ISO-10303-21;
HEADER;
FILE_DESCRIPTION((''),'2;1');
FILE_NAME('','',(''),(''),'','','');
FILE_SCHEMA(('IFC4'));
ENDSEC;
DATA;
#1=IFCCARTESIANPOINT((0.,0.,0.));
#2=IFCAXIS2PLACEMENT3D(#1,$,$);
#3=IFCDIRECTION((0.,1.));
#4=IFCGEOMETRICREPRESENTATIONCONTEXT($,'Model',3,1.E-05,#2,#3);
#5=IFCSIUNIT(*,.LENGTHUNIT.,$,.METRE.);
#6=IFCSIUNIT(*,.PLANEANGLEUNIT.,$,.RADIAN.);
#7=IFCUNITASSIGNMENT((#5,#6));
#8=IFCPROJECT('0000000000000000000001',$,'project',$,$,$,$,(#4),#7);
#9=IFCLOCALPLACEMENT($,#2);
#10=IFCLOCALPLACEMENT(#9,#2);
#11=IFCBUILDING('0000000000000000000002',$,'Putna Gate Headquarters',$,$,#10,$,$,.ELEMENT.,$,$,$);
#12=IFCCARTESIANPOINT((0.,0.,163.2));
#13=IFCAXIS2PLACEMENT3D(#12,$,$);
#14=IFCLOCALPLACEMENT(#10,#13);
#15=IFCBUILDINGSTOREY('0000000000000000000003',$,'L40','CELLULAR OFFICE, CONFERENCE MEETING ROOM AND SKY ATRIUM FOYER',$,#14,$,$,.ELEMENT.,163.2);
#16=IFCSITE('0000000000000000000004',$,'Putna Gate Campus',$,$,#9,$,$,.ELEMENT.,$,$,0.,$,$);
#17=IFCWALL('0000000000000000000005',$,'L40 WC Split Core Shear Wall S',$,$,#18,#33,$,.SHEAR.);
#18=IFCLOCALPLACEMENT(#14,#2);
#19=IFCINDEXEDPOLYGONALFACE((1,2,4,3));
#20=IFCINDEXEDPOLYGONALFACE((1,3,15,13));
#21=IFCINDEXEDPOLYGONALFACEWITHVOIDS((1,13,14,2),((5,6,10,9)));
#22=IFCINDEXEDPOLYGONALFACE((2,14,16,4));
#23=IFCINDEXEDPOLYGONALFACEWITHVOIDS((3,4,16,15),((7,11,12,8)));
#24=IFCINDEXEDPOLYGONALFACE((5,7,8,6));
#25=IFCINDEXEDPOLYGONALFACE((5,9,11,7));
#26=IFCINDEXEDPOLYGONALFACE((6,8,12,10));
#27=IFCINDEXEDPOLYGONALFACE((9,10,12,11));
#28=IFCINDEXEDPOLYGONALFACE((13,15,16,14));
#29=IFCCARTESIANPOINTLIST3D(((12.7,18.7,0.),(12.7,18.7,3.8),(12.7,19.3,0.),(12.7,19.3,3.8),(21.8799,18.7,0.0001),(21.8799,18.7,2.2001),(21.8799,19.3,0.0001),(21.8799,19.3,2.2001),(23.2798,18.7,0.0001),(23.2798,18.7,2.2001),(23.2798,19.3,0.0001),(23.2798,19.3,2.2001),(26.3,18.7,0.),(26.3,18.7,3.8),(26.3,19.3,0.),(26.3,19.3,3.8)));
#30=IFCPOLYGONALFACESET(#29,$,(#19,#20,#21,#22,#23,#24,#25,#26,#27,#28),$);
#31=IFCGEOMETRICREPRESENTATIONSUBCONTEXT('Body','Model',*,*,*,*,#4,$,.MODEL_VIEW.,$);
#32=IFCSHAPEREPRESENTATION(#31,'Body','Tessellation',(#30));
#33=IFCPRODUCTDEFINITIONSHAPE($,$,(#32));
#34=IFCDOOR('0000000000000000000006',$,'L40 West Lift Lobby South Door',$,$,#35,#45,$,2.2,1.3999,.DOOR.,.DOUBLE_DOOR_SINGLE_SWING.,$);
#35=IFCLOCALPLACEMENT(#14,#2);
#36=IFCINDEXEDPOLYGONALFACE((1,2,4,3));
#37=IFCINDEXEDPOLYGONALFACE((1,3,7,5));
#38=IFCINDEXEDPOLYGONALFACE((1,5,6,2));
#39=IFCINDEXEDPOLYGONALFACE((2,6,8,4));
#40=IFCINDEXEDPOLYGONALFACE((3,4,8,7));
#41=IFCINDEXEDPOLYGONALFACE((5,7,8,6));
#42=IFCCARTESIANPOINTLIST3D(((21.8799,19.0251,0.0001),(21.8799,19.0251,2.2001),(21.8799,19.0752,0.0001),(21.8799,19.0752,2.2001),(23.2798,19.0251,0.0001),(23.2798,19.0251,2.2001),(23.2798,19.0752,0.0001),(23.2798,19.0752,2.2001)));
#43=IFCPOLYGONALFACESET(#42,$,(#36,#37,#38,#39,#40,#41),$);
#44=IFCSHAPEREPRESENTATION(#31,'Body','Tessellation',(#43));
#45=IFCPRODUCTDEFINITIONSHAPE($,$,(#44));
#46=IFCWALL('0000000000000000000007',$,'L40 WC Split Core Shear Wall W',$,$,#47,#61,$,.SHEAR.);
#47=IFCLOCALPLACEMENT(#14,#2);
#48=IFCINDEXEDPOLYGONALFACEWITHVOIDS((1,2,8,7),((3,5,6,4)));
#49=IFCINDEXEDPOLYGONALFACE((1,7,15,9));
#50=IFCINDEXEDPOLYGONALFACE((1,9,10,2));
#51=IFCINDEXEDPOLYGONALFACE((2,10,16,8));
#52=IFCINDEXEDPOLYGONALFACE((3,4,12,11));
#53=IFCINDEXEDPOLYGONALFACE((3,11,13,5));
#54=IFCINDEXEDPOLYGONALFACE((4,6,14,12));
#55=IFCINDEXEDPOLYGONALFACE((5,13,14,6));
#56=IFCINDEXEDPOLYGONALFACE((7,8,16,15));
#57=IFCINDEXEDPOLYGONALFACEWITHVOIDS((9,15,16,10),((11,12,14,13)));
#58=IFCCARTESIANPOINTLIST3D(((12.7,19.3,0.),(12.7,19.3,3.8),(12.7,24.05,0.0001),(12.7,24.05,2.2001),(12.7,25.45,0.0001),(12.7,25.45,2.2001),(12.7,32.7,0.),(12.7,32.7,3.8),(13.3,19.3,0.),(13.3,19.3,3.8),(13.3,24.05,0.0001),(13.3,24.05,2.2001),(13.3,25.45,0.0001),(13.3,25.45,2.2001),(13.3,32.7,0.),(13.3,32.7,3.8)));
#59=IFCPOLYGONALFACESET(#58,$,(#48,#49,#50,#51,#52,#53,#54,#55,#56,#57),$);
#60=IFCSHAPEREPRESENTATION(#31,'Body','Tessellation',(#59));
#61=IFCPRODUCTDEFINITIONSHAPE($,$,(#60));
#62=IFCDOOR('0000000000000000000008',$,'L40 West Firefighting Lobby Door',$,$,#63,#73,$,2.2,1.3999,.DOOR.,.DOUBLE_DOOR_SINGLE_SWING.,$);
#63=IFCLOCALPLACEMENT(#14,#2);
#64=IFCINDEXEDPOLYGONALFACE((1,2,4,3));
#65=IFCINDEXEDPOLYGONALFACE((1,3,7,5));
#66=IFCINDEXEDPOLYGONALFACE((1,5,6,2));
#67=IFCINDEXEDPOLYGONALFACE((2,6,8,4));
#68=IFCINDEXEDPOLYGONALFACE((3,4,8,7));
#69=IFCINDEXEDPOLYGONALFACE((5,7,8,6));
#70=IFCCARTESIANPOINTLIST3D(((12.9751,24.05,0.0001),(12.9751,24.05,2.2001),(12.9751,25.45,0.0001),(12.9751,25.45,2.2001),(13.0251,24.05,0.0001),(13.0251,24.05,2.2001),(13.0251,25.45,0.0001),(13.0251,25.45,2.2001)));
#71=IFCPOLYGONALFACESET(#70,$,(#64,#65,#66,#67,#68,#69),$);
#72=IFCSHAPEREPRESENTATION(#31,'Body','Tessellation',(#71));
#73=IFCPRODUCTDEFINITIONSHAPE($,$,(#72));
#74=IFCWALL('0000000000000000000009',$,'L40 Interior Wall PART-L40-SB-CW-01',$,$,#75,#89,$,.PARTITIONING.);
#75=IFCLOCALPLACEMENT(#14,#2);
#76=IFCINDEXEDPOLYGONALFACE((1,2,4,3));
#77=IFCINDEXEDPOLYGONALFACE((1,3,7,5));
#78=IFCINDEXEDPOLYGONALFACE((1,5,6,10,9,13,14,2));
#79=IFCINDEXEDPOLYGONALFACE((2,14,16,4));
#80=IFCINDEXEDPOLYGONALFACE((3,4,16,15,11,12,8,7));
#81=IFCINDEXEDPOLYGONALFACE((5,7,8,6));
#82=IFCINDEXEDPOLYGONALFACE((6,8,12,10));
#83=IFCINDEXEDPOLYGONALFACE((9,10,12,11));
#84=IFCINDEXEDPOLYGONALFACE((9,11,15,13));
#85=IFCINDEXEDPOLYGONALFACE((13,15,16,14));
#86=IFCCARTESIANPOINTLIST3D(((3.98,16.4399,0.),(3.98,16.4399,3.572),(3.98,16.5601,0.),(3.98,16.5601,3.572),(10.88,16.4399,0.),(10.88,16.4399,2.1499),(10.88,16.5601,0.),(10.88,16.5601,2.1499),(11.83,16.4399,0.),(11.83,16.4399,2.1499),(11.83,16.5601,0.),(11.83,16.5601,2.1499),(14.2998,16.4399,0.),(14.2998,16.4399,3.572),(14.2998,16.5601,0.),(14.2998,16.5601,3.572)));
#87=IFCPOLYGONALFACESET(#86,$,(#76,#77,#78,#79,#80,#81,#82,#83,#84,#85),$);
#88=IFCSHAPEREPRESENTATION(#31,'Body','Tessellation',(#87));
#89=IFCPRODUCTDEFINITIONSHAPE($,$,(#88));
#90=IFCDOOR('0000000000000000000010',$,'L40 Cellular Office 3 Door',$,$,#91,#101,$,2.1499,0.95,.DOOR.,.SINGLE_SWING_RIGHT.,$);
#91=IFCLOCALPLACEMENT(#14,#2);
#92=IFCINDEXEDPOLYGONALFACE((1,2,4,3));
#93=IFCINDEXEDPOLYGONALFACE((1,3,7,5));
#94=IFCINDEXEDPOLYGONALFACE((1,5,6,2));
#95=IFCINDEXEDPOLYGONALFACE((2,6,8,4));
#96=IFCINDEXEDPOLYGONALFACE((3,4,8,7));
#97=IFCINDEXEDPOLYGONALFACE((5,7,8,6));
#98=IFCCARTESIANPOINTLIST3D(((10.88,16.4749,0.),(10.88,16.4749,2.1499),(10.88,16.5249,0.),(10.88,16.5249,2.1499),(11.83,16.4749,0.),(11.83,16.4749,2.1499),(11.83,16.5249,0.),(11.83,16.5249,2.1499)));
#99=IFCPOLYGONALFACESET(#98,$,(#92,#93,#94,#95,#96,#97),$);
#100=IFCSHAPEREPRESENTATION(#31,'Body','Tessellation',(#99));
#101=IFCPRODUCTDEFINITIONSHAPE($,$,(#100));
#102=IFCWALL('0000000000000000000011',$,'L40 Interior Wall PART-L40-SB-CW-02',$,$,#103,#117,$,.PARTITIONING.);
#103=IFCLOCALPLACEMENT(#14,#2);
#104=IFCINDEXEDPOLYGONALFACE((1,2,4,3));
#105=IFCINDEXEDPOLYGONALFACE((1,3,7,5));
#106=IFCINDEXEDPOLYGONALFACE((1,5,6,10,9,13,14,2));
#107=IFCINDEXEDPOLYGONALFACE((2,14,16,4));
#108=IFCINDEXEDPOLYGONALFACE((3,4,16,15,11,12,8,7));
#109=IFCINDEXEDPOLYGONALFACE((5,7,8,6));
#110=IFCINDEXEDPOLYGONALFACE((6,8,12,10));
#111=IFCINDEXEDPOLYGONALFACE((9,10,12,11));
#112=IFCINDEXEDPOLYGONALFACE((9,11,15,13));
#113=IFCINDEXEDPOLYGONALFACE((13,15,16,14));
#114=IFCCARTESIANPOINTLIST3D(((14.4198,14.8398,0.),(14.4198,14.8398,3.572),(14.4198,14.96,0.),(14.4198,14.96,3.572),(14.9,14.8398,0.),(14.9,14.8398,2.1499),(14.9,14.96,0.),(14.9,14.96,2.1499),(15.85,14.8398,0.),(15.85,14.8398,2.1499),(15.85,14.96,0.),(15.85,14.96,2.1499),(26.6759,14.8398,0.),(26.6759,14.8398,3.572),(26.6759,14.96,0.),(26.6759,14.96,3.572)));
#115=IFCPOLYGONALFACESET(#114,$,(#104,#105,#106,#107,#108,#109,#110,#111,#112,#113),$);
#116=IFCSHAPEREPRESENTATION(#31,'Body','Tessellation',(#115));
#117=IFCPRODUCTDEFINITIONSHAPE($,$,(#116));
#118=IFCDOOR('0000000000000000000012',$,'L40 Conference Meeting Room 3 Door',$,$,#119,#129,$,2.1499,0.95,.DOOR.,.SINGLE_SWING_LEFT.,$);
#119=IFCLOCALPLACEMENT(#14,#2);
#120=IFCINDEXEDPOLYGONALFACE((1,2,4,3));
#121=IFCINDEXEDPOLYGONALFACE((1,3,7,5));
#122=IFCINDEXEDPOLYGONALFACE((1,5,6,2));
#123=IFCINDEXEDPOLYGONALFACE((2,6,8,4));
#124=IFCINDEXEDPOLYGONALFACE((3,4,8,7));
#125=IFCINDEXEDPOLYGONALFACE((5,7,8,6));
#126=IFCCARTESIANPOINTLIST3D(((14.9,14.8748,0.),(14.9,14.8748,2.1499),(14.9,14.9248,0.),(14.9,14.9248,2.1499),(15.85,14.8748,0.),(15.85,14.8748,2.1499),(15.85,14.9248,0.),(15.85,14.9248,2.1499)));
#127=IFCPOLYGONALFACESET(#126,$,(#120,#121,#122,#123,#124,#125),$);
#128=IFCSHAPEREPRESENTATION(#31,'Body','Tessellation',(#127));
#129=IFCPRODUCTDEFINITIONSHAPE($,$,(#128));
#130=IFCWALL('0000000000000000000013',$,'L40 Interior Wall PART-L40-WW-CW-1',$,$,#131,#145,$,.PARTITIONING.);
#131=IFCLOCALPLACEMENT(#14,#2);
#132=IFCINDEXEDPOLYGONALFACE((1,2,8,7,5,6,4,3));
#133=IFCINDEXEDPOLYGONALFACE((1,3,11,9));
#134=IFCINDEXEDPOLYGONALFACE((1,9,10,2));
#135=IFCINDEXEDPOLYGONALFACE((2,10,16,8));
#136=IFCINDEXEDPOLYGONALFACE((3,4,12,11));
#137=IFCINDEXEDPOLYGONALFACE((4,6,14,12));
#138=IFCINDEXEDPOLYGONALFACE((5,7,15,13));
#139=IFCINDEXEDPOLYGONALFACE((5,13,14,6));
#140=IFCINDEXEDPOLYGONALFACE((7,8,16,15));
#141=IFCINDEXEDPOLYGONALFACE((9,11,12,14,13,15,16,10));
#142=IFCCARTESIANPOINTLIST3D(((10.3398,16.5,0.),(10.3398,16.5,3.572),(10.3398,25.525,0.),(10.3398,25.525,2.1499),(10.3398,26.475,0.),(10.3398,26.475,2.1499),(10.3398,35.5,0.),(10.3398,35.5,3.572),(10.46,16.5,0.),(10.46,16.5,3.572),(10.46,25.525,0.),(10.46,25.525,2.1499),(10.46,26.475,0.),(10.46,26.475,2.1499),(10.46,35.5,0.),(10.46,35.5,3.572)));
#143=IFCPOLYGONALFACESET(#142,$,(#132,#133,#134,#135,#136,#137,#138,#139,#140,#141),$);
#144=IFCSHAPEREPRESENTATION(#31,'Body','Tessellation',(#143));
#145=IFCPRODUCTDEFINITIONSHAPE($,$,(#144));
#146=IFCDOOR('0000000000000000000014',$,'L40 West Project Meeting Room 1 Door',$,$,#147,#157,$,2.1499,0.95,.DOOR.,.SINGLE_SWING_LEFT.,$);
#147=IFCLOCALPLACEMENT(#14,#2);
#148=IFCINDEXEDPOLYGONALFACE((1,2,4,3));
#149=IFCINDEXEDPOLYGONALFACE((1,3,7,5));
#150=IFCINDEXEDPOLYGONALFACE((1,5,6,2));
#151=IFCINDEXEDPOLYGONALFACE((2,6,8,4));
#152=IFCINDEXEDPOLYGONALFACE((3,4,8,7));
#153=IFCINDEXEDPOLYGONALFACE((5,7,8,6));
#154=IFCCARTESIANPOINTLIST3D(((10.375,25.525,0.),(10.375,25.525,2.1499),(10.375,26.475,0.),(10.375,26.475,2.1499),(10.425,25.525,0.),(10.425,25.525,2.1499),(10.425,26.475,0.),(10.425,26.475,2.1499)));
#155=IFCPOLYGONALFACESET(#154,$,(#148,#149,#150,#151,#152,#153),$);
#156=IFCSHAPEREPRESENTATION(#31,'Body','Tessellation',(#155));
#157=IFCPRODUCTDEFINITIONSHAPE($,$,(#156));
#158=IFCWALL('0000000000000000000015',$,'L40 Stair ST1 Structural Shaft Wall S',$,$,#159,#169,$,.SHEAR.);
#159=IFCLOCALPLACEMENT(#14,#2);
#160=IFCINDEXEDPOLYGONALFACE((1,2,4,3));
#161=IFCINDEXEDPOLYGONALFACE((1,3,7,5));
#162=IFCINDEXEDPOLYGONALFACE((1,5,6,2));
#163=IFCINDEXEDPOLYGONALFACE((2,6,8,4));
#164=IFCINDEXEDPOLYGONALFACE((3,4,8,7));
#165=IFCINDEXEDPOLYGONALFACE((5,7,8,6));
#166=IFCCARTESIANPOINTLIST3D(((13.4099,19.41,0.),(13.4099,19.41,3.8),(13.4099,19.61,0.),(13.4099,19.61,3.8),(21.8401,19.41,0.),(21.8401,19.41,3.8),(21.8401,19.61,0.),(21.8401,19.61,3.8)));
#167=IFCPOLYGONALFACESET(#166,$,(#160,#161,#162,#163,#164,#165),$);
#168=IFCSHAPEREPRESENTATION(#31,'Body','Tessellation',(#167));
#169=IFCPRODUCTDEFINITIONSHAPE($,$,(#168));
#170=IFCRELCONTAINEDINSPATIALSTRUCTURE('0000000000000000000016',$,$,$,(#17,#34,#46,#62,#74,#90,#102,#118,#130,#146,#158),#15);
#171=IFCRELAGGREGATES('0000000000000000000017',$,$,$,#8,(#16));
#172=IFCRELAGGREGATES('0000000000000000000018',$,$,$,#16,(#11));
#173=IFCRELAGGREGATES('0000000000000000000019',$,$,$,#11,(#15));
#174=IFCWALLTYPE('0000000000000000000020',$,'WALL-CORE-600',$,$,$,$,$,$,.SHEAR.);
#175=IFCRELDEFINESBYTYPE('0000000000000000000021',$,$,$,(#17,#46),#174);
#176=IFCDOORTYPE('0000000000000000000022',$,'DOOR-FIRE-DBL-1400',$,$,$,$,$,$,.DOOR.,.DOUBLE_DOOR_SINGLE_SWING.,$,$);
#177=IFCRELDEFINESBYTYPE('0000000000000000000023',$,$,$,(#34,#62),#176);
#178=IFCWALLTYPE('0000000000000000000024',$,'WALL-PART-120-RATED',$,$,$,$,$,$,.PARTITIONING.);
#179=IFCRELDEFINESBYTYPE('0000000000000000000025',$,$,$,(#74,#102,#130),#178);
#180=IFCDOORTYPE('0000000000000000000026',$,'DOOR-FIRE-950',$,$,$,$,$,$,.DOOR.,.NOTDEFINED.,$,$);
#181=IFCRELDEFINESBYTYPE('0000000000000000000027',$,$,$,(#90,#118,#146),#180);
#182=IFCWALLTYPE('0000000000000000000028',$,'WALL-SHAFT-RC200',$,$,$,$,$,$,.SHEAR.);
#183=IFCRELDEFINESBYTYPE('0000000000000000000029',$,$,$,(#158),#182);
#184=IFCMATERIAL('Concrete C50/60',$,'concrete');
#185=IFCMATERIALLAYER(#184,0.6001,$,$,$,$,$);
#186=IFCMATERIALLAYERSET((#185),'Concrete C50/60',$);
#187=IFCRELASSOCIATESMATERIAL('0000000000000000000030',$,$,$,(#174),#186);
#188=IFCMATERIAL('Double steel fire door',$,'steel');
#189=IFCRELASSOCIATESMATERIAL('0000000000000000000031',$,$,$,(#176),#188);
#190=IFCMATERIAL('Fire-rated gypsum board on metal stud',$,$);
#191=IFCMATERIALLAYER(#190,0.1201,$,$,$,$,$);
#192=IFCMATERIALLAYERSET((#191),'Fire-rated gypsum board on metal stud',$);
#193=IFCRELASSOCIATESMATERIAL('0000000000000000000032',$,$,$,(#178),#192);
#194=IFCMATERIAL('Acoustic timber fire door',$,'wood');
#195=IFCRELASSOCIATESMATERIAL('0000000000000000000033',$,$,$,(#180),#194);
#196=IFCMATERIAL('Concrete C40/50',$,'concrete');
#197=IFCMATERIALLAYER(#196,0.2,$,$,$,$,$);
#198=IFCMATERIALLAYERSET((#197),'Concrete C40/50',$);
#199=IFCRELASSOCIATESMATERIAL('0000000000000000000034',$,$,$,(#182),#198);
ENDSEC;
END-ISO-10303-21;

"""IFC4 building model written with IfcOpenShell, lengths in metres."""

from ifc_helpers import new_model, si_unit, direction, frame, frame_2d, origin, place, context, subcontext, project, spatial, rectangle, extrude, material, layer, layer_set, type_object, element, fill, save


model = new_model("IFC4")

# Units and contexts
model_context = context("Model", 3, precision=1e-05, world=origin(), true_north=direction((0.0, 1.0)))
body_context = subcontext(model_context, "Body", "Model", "MODEL_VIEW")
ifc_project = project(units=[si_unit("LENGTHUNIT", "METRE"), si_unit("PLANEANGLEUNIT", "RADIAN")], contexts=[model_context])

# Site, building, storey
site_placement = place(None, origin())
site = spatial("IfcSite", under=ifc_project, at=site_placement, Name="Putna Gate Campus", CompositionType="ELEMENT", RefElevation=0.0)
building_placement = place(site_placement, origin())
building = spatial("IfcBuilding", under=site, at=building_placement, Name="Putna Gate Headquarters", CompositionType="ELEMENT")
storey_placement = place(building_placement, frame((0.0, 0.0, 163.2)))
storey = spatial("IfcBuildingStorey", under=building, at=storey_placement, Name="L40", Description="CELLULAR OFFICE, CONFERENCE MEETING ROOM AND SKY ATRIUM FOYER", CompositionType="ELEMENT", Elevation=163.2)

# Shared definitions
ifc_material_1 = material(Name="Concrete C50/60", Category="concrete")

# Walls, openings, doors
ifc_layer_1 = layer(ifc_material_1, 0.6001)
ifc_layer_set_1 = layer_set([ifc_layer_1], Name="Concrete C50/60")
wall_type_1 = type_object("IfcWallType", Name="WALL-CORE-600", PredefinedType="SHEAR", material=ifc_layer_set_1)
wall_1_placement = place(storey_placement, frame((12.7, 19.0, 0.0), z_axis=(0.0, 0.0, 1.0), x_axis=(1.0, 0.0, 0.0)))
wall_1 = element("IfcWall", 1, at=wall_1_placement, inside=storey, type_object=wall_type_1, Name="L40 WC Split Core Shear Wall S", PredefinedType="SHEAR", context=body_context, shape_type="SweptSolid", body=[
    extrude(rectangle(XDim=13.6001, YDim=0.6001, at=frame_2d((6.8, 0.0))), origin(), (0.0, 0.0, 1.0), 3.8),
])
opening_1_placement = place(wall_1_placement, frame((9.1799, 0.0, 0.0)))
opening_1 = element("IfcOpeningElement", 2, at=opening_1_placement, cuts=wall_1, PredefinedType="OPENING", context=body_context, shape_type="SweptSolid", body=[
    extrude(rectangle(XDim=1.3999, YDim=2.2, at=frame_2d((0.7, 1.1001))), frame((0.0, 0.3101, 0.0), z_axis=(0.0, -1.0, 0.0), x_axis=(1.0, 0.0, 0.0)), (0.0, 0.0, 1.0), 0.6201),
])
ifc_material_2 = material(Name="Double steel fire door", Category="steel")
door_type_1 = type_object("IfcDoorType", Name="DOOR-FIRE-DBL-1400", OperationType="DOUBLE_DOOR_SINGLE_SWING", PredefinedType="DOOR", material=ifc_material_2)
door_1_placement = place(opening_1_placement, origin())
door_1 = element("IfcDoor", 3, at=door_1_placement, inside=storey, type_object=door_type_1, Name="L40 West Lift Lobby South Door", OperationType="DOUBLE_DOOR_SINGLE_SWING", OverallHeight=2.2, OverallWidth=1.3999, PredefinedType="DOOR", context=body_context, shape_type="SweptSolid", body=[
    extrude(rectangle(XDim=1.3999, YDim=2.2, at=frame_2d((0.7, 1.1001))), frame((0.0, 0.0752, 0.0), z_axis=(0.0, -1.0, 0.0), x_axis=(1.0, 0.0, 0.0)), (0.0, 0.0, 1.0), 0.05),
])
fill(opening_1, door_1)
wall_2_placement = place(storey_placement, frame((13.0, 19.3, 0.0), z_axis=(0.0, 0.0, 1.0), x_axis=(0.0, 1.0, 0.0)))
wall_2 = element("IfcWall", 4, at=wall_2_placement, inside=storey, type_object=wall_type_1, Name="L40 WC Split Core Shear Wall W", PredefinedType="SHEAR", context=body_context, shape_type="SweptSolid", body=[
    extrude(rectangle(XDim=13.3999, YDim=0.6001, at=frame_2d((6.7, 0.0))), origin(), (0.0, 0.0, 1.0), 3.8),
])
opening_2_placement = place(wall_2_placement, frame((4.75, 0.0, 0.0)))
opening_2 = element("IfcOpeningElement", 5, at=opening_2_placement, cuts=wall_2, PredefinedType="OPENING", context=body_context, shape_type="SweptSolid", body=[
    extrude(rectangle(XDim=1.3999, YDim=2.2, at=frame_2d((0.7, 1.1001))), frame((0.0, 0.3101, 0.0), z_axis=(0.0, -1.0, 0.0), x_axis=(1.0, 0.0, 0.0)), (0.0, 0.0, 1.0), 0.6201),
])
door_2_placement = place(opening_2_placement, origin())
door_2 = element("IfcDoor", 6, at=door_2_placement, inside=storey, type_object=door_type_1, Name="L40 West Firefighting Lobby Door", OperationType="DOUBLE_DOOR_SINGLE_SWING", OverallHeight=2.2, OverallWidth=1.3999, PredefinedType="DOOR", context=body_context, shape_type="SweptSolid", body=[
    extrude(rectangle(XDim=1.3999, YDim=2.2, at=frame_2d((0.7, 1.1001))), frame((0.0, 0.0249, 0.0), z_axis=(0.0, -1.0, 0.0), x_axis=(1.0, 0.0, 0.0)), (0.0, 0.0, 1.0), 0.05),
])
fill(opening_2, door_2)
ifc_material_3 = material(Name="Fire-rated gypsum board on metal stud")
ifc_layer_2 = layer(ifc_material_3, 0.1201)
ifc_layer_set_2 = layer_set([ifc_layer_2], Name="Fire-rated gypsum board on metal stud")
wall_type_2 = type_object("IfcWallType", Name="WALL-PART-120-RATED", PredefinedType="PARTITIONING", material=ifc_layer_set_2)
wall_3_placement = place(storey_placement, frame((3.98, 16.5, 0.0), z_axis=(0.0, 0.0, 1.0), x_axis=(1.0, 0.0, 0.0)))
wall_3 = element("IfcWall", 7, at=wall_3_placement, inside=storey, type_object=wall_type_2, Name="L40 Interior Wall PART-L40-SB-CW-01", PredefinedType="PARTITIONING", context=body_context, shape_type="SweptSolid", body=[
    extrude(rectangle(XDim=10.3198, YDim=0.1201, at=frame_2d((5.1599, 0.0))), origin(), (0.0, 0.0, 1.0), 3.572),
])
opening_3_placement = place(wall_3_placement, frame((6.8999, 0.0, 0.0)))
opening_3 = element("IfcOpeningElement", 8, at=opening_3_placement, cuts=wall_3, PredefinedType="OPENING", context=body_context, shape_type="SweptSolid", body=[
    extrude(rectangle(XDim=0.95, YDim=2.1499, at=frame_2d((0.4751, 1.075))), frame((0.0, 0.0701, 0.0), z_axis=(0.0, -1.0, 0.0), x_axis=(1.0, 0.0, 0.0)), (0.0, 0.0, 1.0), 0.1401),
])
ifc_material_4 = material(Name="Acoustic timber fire door", Category="wood")
door_type_2 = type_object("IfcDoorType", Name="DOOR-FIRE-950", OperationType="NOTDEFINED", PredefinedType="DOOR", material=ifc_material_4)
door_3_placement = place(opening_3_placement, origin())
door_3 = element("IfcDoor", 9, at=door_3_placement, inside=storey, type_object=door_type_2, Name="L40 Cellular Office 3 Door", OperationType="SINGLE_SWING_RIGHT", OverallHeight=2.1499, OverallWidth=0.95, PredefinedType="DOOR", context=body_context, shape_type="SweptSolid", body=[
    extrude(rectangle(XDim=0.95, YDim=2.1499, at=frame_2d((0.4751, 1.075))), frame((0.0, 0.0249, 0.0), z_axis=(0.0, -1.0, 0.0), x_axis=(1.0, 0.0, 0.0)), (0.0, 0.0, 1.0), 0.05),
])
fill(opening_3, door_3)
wall_4_placement = place(storey_placement, frame((14.4199, 14.8999, 0.0), z_axis=(0.0, 0.0, 1.0), x_axis=(1.0, 0.0, 0.0)))
wall_4 = element("IfcWall", 10, at=wall_4_placement, inside=storey, type_object=wall_type_2, Name="L40 Interior Wall PART-L40-SB-CW-02", PredefinedType="PARTITIONING", context=body_context, shape_type="SweptSolid", body=[
    extrude(rectangle(XDim=12.2561, YDim=0.1201, at=frame_2d((6.1279, 0.0))), origin(), (0.0, 0.0, 1.0), 3.572),
])
opening_4_placement = place(wall_4_placement, frame((0.48, 0.0, 0.0)))
opening_4 = element("IfcOpeningElement", 11, at=opening_4_placement, cuts=wall_4, PredefinedType="OPENING", context=body_context, shape_type="SweptSolid", body=[
    extrude(rectangle(XDim=0.95, YDim=2.1499, at=frame_2d((0.4751, 1.075))), frame((0.0, 0.0701, 0.0), z_axis=(0.0, -1.0, 0.0), x_axis=(1.0, 0.0, 0.0)), (0.0, 0.0, 1.0), 0.1401),
])
door_4_placement = place(opening_4_placement, origin())
door_4 = element("IfcDoor", 12, at=door_4_placement, inside=storey, type_object=door_type_2, Name="L40 Conference Meeting Room 3 Door", OperationType="SINGLE_SWING_LEFT", OverallHeight=2.1499, OverallWidth=0.95, PredefinedType="DOOR", context=body_context, shape_type="SweptSolid", body=[
    extrude(rectangle(XDim=0.95, YDim=2.1499, at=frame_2d((0.4751, 1.075))), frame((0.0, 0.0249, 0.0), z_axis=(0.0, -1.0, 0.0), x_axis=(1.0, 0.0, 0.0)), (0.0, 0.0, 1.0), 0.05),
])
fill(opening_4, door_4)
wall_5_placement = place(storey_placement, frame((10.3999, 16.5, 0.0), z_axis=(0.0, 0.0, 1.0), x_axis=(0.0, 1.0, 0.0)))
wall_5 = element("IfcWall", 13, at=wall_5_placement, inside=storey, type_object=wall_type_2, Name="L40 Interior Wall PART-L40-WW-CW-1", PredefinedType="PARTITIONING", context=body_context, shape_type="SweptSolid", body=[
    extrude(rectangle(XDim=19.0, YDim=0.1201, at=frame_2d((9.5, 0.0))), origin(), (0.0, 0.0, 1.0), 3.572),
])
opening_5_placement = place(wall_5_placement, frame((9.0249, 0.0, 0.0)))
opening_5 = element("IfcOpeningElement", 14, at=opening_5_placement, cuts=wall_5, PredefinedType="OPENING", context=body_context, shape_type="SweptSolid", body=[
    extrude(rectangle(XDim=0.95, YDim=2.1499, at=frame_2d((0.4751, 1.075))), frame((0.0, 0.0701, 0.0), z_axis=(0.0, -1.0, 0.0), x_axis=(1.0, 0.0, 0.0)), (0.0, 0.0, 1.0), 0.1401),
])
door_5_placement = place(opening_5_placement, origin())
door_5 = element("IfcDoor", 15, at=door_5_placement, inside=storey, type_object=door_type_2, Name="L40 West Project Meeting Room 1 Door", OperationType="SINGLE_SWING_LEFT", OverallHeight=2.1499, OverallWidth=0.95, PredefinedType="DOOR", context=body_context, shape_type="SweptSolid", body=[
    extrude(rectangle(XDim=0.95, YDim=2.1499, at=frame_2d((0.4751, 1.075))), frame((0.0, 0.0249, 0.0), z_axis=(0.0, -1.0, 0.0), x_axis=(1.0, 0.0, 0.0)), (0.0, 0.0, 1.0), 0.05),
])
fill(opening_5, door_5)

# Wall
ifc_material_5 = material(Name="Concrete C40/50", Category="concrete")
ifc_layer_3 = layer(ifc_material_5, 0.2)
ifc_layer_set_3 = layer_set([ifc_layer_3], Name="Concrete C40/50")
wall_type_3 = type_object("IfcWallType", Name="WALL-SHAFT-RC200", PredefinedType="SHEAR", material=ifc_layer_set_3)
wall_6_placement = place(storey_placement, frame((13.4099, 19.51, 0.0), z_axis=(0.0, 0.0, 1.0), x_axis=(1.0, 0.0, 0.0)))
element("IfcWall", 16, at=wall_6_placement, inside=storey, type_object=wall_type_3, Name="L40 Stair ST1 Structural Shaft Wall S", PredefinedType="SHEAR", context=body_context, shape_type="SweptSolid", body=[
    extrude(rectangle(XDim=8.4302, YDim=0.2, at=frame_2d((4.2151, 0.0))), origin(), (0.0, 0.0, 1.0), 3.8),
])

save(model, "model.ifc")
